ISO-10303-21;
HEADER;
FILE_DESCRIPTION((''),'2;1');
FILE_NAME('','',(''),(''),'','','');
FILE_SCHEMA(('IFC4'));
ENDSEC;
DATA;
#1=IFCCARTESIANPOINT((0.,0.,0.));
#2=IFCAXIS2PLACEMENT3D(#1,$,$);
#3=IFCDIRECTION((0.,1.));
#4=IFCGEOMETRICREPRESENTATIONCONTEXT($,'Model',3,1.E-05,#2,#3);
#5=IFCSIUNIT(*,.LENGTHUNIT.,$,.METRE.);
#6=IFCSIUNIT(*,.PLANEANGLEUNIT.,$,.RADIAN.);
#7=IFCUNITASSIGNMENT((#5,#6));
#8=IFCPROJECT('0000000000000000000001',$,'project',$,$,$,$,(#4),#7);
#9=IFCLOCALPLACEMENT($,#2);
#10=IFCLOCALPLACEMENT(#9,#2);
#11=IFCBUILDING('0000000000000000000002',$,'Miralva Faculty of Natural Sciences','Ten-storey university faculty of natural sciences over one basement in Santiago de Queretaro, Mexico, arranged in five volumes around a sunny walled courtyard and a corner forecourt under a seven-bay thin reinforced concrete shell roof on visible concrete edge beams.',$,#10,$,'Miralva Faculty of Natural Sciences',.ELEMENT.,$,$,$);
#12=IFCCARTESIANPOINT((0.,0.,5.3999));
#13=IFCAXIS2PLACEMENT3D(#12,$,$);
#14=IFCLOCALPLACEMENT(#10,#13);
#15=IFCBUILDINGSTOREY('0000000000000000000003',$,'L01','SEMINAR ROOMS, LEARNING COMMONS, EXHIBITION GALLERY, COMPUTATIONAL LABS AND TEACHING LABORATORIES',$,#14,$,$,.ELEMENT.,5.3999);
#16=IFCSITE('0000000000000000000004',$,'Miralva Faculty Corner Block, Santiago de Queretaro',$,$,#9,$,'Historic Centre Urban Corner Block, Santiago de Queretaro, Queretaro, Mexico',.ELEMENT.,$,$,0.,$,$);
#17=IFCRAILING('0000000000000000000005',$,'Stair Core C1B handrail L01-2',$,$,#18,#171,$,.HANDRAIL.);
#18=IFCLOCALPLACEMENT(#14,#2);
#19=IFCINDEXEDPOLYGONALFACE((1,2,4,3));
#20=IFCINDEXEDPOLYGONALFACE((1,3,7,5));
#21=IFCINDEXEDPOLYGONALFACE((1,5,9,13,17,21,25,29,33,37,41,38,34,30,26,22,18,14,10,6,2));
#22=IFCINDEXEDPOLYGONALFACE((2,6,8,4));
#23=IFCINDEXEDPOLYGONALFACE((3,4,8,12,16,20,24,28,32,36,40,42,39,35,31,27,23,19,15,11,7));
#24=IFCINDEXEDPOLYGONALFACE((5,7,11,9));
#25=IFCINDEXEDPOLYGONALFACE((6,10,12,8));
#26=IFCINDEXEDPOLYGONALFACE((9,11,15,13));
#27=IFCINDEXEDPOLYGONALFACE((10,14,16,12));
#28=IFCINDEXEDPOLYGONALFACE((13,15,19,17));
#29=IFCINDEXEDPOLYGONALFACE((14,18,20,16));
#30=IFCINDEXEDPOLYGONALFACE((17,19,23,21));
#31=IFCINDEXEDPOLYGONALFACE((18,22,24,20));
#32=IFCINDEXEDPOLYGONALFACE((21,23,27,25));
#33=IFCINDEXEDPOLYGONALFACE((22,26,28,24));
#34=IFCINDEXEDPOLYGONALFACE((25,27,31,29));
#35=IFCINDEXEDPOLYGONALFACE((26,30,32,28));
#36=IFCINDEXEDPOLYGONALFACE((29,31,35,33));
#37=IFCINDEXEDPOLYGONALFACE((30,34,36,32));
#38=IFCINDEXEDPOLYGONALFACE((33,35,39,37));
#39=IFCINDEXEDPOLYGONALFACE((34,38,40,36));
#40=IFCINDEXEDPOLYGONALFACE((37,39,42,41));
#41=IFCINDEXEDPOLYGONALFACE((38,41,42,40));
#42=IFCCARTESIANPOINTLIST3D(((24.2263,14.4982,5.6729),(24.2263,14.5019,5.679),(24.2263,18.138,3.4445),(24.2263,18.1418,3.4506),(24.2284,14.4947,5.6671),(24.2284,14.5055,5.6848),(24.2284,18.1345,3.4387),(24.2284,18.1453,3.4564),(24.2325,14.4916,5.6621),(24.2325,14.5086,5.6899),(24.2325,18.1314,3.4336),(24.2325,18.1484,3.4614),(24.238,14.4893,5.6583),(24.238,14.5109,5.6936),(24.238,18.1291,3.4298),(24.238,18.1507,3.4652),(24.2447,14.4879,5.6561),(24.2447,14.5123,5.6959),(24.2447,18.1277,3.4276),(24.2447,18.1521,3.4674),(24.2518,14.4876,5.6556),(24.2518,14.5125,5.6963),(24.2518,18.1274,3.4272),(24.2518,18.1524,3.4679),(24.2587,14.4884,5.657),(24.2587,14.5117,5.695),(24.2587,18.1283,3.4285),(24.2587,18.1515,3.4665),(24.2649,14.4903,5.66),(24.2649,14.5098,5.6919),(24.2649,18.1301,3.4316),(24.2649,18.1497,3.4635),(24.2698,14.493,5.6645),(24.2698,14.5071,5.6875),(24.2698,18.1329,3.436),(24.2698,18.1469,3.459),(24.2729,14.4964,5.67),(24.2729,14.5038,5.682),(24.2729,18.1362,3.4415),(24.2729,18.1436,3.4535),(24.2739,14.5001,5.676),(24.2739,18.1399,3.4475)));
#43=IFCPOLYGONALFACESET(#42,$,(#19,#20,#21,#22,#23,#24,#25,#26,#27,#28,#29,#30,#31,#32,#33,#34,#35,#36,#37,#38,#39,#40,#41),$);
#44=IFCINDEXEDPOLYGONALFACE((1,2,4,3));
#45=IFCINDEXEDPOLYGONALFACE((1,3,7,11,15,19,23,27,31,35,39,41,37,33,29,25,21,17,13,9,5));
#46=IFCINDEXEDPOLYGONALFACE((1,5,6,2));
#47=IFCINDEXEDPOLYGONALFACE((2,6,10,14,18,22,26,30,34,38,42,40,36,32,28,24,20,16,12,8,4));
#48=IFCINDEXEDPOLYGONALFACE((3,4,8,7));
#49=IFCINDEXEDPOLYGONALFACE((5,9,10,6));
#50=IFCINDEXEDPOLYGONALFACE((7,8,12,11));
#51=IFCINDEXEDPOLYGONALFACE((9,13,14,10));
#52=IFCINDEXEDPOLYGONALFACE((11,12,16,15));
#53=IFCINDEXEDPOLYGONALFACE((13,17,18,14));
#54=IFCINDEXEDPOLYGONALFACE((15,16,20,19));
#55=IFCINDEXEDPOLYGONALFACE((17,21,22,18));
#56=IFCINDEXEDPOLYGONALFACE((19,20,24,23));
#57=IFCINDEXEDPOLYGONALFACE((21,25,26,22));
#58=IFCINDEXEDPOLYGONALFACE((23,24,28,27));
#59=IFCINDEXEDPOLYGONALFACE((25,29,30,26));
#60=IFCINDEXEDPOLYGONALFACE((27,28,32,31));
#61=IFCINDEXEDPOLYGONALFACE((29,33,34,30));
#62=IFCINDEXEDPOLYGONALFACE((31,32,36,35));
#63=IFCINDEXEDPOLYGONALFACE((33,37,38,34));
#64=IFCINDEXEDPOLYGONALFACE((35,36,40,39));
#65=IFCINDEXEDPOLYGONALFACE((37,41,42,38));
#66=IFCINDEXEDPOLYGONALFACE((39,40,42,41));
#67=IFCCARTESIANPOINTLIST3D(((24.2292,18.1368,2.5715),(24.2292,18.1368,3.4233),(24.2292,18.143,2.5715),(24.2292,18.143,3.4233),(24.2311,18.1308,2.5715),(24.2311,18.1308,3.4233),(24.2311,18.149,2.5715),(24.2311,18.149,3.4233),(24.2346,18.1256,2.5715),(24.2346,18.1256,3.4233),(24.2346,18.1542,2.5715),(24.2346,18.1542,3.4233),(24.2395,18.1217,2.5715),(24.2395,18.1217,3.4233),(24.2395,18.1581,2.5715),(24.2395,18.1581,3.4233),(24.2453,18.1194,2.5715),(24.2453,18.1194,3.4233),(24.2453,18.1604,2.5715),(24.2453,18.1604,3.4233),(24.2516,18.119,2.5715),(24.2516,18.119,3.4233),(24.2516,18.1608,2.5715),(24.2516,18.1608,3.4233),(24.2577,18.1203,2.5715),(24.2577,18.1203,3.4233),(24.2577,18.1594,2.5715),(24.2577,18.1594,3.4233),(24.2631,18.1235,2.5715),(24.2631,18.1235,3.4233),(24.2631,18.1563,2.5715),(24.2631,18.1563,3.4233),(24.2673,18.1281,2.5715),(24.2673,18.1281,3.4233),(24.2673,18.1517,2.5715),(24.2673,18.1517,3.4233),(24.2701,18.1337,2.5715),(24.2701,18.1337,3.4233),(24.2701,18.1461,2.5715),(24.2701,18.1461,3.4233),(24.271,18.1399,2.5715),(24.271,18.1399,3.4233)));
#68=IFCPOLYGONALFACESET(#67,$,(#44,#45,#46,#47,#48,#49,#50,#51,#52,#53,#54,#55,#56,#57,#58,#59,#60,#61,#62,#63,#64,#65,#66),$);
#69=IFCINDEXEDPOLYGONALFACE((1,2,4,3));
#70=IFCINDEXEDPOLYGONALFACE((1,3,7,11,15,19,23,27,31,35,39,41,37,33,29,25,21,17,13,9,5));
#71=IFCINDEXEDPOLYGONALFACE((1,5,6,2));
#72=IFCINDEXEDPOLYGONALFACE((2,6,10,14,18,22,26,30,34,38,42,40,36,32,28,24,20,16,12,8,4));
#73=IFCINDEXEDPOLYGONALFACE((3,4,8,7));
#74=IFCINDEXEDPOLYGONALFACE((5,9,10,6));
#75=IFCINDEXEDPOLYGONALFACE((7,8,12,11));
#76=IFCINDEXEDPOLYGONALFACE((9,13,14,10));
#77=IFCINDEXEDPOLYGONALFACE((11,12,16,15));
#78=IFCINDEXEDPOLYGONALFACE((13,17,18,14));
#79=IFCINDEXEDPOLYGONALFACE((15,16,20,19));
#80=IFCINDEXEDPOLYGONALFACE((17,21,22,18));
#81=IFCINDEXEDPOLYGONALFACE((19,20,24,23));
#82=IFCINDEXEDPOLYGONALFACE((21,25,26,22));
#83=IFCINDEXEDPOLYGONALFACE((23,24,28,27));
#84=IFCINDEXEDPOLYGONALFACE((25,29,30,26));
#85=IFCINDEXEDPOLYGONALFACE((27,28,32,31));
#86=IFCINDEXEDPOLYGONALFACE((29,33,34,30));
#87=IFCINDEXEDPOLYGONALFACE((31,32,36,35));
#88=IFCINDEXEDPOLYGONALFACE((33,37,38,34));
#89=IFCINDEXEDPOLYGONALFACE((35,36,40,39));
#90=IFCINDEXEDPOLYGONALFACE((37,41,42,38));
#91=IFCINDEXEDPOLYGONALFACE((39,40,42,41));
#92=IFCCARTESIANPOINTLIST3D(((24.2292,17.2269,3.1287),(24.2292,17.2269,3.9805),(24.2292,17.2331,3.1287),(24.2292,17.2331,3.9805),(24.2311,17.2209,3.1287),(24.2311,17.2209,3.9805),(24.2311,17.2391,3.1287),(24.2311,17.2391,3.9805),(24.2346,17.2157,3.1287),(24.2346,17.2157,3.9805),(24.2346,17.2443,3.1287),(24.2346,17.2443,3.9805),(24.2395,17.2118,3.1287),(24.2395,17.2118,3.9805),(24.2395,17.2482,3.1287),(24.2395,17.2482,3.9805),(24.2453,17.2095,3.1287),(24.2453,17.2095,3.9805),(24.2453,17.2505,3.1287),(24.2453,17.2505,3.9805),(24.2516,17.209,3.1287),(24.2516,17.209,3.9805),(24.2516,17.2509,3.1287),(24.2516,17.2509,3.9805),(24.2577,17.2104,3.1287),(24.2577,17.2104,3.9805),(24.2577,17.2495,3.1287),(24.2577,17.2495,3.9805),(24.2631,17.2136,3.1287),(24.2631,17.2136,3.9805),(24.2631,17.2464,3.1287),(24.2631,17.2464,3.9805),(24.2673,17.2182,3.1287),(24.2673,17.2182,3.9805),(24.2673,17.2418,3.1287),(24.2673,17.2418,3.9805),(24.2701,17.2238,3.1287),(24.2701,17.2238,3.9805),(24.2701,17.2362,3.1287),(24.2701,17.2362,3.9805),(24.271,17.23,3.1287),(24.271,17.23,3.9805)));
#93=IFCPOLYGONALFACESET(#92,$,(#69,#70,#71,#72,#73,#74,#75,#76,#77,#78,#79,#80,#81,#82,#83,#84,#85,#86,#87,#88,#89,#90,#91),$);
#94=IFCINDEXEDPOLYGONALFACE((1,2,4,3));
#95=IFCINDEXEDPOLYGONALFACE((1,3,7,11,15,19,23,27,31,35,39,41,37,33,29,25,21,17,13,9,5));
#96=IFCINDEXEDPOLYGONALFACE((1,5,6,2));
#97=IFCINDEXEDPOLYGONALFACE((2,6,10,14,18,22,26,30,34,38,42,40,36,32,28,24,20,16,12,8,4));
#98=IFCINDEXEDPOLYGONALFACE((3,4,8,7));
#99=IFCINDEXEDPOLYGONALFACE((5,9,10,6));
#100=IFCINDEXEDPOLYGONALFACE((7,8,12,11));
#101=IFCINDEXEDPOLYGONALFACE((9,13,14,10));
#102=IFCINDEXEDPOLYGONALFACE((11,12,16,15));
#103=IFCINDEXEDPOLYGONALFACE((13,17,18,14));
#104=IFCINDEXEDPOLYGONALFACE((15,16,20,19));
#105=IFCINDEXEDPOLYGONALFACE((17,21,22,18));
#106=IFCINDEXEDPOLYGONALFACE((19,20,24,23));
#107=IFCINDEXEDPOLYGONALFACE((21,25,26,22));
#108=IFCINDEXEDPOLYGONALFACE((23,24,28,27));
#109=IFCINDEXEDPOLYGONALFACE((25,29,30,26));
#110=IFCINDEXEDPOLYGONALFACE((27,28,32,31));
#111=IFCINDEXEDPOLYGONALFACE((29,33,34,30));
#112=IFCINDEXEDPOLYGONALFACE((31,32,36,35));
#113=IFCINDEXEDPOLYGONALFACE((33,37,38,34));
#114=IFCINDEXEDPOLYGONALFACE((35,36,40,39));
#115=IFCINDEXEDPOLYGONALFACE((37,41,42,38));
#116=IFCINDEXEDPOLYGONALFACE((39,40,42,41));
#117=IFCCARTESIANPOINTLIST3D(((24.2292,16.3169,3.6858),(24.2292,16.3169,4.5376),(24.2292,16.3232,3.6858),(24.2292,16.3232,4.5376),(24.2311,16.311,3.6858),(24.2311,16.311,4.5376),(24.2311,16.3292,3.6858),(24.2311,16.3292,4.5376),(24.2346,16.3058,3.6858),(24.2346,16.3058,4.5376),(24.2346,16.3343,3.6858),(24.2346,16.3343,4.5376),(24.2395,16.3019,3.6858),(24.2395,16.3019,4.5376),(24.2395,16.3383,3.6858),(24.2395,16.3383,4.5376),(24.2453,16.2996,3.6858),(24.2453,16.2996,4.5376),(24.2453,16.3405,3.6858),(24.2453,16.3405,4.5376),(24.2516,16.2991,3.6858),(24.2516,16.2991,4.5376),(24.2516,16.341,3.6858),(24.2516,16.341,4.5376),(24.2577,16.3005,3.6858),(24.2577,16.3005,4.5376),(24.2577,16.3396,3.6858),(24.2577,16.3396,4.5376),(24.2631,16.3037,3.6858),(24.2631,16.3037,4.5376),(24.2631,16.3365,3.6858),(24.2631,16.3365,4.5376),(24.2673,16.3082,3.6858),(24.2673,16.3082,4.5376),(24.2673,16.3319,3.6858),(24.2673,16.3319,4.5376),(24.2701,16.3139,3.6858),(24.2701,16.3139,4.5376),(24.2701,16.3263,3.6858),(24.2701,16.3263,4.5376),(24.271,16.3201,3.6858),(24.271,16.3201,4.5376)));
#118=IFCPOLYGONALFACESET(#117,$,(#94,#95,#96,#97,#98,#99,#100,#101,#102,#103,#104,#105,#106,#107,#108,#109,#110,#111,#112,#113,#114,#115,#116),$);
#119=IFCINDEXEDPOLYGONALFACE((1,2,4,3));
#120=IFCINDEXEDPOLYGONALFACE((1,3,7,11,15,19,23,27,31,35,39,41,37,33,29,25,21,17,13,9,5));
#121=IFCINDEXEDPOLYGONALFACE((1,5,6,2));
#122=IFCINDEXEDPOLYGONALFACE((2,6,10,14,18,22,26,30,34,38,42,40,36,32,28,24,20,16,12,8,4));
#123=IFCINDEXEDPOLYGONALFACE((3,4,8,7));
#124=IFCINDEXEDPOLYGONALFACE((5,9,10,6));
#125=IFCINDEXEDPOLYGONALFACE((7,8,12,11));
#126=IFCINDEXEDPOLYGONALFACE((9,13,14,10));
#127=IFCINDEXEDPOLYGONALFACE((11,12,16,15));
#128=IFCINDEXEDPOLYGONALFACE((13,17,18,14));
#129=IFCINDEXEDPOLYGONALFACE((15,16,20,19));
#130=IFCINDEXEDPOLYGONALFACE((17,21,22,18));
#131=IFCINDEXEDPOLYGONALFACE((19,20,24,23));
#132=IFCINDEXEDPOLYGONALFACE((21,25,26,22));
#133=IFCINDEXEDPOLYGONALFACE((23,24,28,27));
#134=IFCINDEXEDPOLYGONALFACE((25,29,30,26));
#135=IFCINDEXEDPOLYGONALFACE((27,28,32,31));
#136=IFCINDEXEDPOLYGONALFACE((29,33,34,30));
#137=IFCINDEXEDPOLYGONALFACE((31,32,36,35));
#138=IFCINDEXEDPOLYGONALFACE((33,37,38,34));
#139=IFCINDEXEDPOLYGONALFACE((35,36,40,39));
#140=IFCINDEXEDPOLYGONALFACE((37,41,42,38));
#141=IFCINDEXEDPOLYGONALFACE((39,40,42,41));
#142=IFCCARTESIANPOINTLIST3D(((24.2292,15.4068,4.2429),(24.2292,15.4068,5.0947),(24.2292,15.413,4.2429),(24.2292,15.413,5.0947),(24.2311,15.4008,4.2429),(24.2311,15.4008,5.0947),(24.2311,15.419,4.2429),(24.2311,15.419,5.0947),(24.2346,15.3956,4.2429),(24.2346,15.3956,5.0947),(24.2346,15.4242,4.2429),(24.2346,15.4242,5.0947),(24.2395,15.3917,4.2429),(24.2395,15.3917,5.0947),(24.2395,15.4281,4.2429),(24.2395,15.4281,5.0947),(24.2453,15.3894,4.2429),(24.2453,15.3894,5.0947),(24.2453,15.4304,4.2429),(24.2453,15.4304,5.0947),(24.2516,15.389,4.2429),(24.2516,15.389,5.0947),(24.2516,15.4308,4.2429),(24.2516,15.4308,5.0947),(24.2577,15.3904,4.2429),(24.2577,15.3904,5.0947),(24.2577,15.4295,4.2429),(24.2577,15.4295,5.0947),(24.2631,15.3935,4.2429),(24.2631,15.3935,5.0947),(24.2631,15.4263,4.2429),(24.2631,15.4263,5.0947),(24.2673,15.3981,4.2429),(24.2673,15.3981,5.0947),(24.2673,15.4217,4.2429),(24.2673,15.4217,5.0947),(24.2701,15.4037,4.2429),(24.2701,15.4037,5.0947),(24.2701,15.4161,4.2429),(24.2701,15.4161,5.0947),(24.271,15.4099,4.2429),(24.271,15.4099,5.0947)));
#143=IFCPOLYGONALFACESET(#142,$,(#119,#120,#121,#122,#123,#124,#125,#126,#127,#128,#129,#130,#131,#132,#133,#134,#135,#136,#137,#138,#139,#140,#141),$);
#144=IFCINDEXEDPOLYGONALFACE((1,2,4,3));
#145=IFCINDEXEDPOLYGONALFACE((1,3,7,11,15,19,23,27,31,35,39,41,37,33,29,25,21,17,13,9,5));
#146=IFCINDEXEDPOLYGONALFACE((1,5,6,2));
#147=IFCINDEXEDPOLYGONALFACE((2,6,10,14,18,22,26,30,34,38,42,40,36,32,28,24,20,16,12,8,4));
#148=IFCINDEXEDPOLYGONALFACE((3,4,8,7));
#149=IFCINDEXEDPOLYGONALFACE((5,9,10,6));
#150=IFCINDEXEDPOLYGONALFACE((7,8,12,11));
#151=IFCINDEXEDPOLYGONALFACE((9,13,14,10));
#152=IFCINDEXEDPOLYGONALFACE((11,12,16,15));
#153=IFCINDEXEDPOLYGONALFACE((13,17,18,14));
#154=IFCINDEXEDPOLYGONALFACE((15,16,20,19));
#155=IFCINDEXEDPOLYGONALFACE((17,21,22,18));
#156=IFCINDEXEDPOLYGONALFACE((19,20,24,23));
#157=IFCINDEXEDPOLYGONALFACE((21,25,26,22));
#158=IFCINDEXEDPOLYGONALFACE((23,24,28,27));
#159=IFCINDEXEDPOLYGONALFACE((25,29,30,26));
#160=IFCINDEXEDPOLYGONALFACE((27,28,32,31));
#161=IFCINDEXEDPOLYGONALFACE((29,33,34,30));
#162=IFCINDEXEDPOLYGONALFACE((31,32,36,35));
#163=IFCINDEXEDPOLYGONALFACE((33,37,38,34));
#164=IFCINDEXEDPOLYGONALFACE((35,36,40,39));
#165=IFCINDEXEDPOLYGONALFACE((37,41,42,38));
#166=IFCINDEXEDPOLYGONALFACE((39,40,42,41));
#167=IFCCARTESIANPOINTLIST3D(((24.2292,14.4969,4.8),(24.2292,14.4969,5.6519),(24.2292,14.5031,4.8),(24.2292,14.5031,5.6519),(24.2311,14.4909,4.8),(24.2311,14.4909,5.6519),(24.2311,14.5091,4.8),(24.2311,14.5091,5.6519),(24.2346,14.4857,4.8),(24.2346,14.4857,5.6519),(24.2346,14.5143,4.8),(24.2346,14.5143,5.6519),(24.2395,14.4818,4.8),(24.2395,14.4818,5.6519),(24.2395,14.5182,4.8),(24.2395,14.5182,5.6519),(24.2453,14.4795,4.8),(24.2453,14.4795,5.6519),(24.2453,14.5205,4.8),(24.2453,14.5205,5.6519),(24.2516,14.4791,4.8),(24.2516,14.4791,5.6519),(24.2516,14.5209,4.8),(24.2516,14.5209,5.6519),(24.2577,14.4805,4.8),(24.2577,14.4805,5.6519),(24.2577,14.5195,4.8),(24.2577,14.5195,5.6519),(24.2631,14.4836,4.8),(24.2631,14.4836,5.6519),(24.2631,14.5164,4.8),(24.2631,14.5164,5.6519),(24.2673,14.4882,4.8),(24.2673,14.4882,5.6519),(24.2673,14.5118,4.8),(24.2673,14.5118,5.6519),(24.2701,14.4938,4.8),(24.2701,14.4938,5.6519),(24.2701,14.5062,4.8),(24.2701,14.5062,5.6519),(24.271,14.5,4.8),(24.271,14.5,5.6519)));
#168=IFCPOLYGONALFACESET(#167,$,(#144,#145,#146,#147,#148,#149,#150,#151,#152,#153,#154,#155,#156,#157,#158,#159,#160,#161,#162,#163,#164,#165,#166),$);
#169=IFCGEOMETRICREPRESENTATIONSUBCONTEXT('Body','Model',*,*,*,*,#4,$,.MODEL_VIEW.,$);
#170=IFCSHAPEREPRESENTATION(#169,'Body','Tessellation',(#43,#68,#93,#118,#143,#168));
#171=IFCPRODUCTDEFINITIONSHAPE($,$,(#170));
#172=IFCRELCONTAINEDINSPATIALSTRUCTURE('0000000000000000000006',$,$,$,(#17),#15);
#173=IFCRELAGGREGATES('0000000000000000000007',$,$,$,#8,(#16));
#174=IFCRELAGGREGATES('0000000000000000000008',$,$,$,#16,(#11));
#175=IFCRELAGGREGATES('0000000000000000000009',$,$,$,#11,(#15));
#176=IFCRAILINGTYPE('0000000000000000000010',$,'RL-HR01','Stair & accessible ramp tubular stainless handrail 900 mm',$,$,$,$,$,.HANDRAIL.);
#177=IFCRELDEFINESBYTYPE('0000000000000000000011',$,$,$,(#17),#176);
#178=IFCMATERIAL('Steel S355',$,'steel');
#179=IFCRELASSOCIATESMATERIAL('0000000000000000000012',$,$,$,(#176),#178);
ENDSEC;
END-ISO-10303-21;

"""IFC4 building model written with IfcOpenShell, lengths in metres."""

from ifc_helpers import new_model, si_unit, direction, frame, origin, origin_2d, place, context, subcontext, project, spatial, circle, extrude, material, type_object, element, save


model = new_model("IFC4")

# Units and contexts
model_context = context("Model", 3, precision=1e-05, world=origin(), true_north=direction((0.0, 1.0)))
body_context = subcontext(model_context, "Body", "Model", "MODEL_VIEW")
ifc_project = project(units=[si_unit("LENGTHUNIT", "METRE"), si_unit("PLANEANGLEUNIT", "RADIAN")], contexts=[model_context])

# Site, building, storey
site_placement = place(None, origin())
site = spatial("IfcSite", under=ifc_project, at=site_placement, Name="Miralva Faculty Corner Block, Santiago de Queretaro", LongName="Historic Centre Urban Corner Block, Santiago de Queretaro, Queretaro, Mexico", CompositionType="ELEMENT", RefElevation=0.0)
building_placement = place(site_placement, origin())
building = spatial("IfcBuilding", under=site, at=building_placement, Name="Miralva Faculty of Natural Sciences", Description="Ten-storey university faculty of natural sciences over one basement in Santiago de Queretaro, Mexico, arranged in five volumes around a sunny walled courtyard and a corner forecourt under a seven-bay thin reinforced concrete shell roof on visible concrete edge beams.", LongName="Miralva Faculty of Natural Sciences", CompositionType="ELEMENT")
storey_placement = place(building_placement, frame((0.0, 0.0, 5.3999)))
storey = spatial("IfcBuildingStorey", under=building, at=storey_placement, Name="L01", Description="SEMINAR ROOMS, LEARNING COMMONS, EXHIBITION GALLERY, COMPUTATIONAL LABS AND TEACHING LABORATORIES", CompositionType="ELEMENT", Elevation=5.3999)

# Railing
ifc_material_1 = material(Name="Steel S355", Category="steel")
railing_type_1 = type_object("IfcRailingType", Name="RL-HR01", Description="Stair & accessible ramp tubular stainless handrail 900 mm", PredefinedType="HANDRAIL", material=ifc_material_1)
railing_1_placement = place(storey_placement, frame((24.25, 18.1399, 2.5715)))
element("IfcRailing", 1, at=railing_1_placement, inside=storey, type_object=railing_type_1, Name="Stair Core C1B handrail L01-2", PredefinedType="HANDRAIL", context=body_context, shape_type="SweptSolid", body=[
    extrude(circle(Radius=0.0239, at=origin_2d()), frame((0.0, 0.0, 0.876), z_axis=(0.0, -0.85285, 0.522156), x_axis=(1.0, 0.0, 0.0)), (0.0, 0.0, 1.0), 4.2678),
    extrude(circle(Radius=0.021, at=origin_2d()), origin(), (0.0, 0.0, 1.0), 0.8518),
    extrude(circle(Radius=0.021, at=origin_2d()), frame((0.0, -0.9099, 0.5571)), (0.0, 0.0, 1.0), 0.8518),
    extrude(circle(Radius=0.021, at=origin_2d()), frame((0.0, -1.8198, 1.1143)), (0.0, 0.0, 1.0), 0.8518),
    extrude(circle(Radius=0.021, at=origin_2d()), frame((0.0, -2.73, 1.6714)), (0.0, 0.0, 1.0), 0.8518),
    extrude(circle(Radius=0.021, at=origin_2d()), frame((0.0, -3.6399, 2.2285)), (0.0, 0.0, 1.0), 0.8518),
])

save(model, "model.ifc")
